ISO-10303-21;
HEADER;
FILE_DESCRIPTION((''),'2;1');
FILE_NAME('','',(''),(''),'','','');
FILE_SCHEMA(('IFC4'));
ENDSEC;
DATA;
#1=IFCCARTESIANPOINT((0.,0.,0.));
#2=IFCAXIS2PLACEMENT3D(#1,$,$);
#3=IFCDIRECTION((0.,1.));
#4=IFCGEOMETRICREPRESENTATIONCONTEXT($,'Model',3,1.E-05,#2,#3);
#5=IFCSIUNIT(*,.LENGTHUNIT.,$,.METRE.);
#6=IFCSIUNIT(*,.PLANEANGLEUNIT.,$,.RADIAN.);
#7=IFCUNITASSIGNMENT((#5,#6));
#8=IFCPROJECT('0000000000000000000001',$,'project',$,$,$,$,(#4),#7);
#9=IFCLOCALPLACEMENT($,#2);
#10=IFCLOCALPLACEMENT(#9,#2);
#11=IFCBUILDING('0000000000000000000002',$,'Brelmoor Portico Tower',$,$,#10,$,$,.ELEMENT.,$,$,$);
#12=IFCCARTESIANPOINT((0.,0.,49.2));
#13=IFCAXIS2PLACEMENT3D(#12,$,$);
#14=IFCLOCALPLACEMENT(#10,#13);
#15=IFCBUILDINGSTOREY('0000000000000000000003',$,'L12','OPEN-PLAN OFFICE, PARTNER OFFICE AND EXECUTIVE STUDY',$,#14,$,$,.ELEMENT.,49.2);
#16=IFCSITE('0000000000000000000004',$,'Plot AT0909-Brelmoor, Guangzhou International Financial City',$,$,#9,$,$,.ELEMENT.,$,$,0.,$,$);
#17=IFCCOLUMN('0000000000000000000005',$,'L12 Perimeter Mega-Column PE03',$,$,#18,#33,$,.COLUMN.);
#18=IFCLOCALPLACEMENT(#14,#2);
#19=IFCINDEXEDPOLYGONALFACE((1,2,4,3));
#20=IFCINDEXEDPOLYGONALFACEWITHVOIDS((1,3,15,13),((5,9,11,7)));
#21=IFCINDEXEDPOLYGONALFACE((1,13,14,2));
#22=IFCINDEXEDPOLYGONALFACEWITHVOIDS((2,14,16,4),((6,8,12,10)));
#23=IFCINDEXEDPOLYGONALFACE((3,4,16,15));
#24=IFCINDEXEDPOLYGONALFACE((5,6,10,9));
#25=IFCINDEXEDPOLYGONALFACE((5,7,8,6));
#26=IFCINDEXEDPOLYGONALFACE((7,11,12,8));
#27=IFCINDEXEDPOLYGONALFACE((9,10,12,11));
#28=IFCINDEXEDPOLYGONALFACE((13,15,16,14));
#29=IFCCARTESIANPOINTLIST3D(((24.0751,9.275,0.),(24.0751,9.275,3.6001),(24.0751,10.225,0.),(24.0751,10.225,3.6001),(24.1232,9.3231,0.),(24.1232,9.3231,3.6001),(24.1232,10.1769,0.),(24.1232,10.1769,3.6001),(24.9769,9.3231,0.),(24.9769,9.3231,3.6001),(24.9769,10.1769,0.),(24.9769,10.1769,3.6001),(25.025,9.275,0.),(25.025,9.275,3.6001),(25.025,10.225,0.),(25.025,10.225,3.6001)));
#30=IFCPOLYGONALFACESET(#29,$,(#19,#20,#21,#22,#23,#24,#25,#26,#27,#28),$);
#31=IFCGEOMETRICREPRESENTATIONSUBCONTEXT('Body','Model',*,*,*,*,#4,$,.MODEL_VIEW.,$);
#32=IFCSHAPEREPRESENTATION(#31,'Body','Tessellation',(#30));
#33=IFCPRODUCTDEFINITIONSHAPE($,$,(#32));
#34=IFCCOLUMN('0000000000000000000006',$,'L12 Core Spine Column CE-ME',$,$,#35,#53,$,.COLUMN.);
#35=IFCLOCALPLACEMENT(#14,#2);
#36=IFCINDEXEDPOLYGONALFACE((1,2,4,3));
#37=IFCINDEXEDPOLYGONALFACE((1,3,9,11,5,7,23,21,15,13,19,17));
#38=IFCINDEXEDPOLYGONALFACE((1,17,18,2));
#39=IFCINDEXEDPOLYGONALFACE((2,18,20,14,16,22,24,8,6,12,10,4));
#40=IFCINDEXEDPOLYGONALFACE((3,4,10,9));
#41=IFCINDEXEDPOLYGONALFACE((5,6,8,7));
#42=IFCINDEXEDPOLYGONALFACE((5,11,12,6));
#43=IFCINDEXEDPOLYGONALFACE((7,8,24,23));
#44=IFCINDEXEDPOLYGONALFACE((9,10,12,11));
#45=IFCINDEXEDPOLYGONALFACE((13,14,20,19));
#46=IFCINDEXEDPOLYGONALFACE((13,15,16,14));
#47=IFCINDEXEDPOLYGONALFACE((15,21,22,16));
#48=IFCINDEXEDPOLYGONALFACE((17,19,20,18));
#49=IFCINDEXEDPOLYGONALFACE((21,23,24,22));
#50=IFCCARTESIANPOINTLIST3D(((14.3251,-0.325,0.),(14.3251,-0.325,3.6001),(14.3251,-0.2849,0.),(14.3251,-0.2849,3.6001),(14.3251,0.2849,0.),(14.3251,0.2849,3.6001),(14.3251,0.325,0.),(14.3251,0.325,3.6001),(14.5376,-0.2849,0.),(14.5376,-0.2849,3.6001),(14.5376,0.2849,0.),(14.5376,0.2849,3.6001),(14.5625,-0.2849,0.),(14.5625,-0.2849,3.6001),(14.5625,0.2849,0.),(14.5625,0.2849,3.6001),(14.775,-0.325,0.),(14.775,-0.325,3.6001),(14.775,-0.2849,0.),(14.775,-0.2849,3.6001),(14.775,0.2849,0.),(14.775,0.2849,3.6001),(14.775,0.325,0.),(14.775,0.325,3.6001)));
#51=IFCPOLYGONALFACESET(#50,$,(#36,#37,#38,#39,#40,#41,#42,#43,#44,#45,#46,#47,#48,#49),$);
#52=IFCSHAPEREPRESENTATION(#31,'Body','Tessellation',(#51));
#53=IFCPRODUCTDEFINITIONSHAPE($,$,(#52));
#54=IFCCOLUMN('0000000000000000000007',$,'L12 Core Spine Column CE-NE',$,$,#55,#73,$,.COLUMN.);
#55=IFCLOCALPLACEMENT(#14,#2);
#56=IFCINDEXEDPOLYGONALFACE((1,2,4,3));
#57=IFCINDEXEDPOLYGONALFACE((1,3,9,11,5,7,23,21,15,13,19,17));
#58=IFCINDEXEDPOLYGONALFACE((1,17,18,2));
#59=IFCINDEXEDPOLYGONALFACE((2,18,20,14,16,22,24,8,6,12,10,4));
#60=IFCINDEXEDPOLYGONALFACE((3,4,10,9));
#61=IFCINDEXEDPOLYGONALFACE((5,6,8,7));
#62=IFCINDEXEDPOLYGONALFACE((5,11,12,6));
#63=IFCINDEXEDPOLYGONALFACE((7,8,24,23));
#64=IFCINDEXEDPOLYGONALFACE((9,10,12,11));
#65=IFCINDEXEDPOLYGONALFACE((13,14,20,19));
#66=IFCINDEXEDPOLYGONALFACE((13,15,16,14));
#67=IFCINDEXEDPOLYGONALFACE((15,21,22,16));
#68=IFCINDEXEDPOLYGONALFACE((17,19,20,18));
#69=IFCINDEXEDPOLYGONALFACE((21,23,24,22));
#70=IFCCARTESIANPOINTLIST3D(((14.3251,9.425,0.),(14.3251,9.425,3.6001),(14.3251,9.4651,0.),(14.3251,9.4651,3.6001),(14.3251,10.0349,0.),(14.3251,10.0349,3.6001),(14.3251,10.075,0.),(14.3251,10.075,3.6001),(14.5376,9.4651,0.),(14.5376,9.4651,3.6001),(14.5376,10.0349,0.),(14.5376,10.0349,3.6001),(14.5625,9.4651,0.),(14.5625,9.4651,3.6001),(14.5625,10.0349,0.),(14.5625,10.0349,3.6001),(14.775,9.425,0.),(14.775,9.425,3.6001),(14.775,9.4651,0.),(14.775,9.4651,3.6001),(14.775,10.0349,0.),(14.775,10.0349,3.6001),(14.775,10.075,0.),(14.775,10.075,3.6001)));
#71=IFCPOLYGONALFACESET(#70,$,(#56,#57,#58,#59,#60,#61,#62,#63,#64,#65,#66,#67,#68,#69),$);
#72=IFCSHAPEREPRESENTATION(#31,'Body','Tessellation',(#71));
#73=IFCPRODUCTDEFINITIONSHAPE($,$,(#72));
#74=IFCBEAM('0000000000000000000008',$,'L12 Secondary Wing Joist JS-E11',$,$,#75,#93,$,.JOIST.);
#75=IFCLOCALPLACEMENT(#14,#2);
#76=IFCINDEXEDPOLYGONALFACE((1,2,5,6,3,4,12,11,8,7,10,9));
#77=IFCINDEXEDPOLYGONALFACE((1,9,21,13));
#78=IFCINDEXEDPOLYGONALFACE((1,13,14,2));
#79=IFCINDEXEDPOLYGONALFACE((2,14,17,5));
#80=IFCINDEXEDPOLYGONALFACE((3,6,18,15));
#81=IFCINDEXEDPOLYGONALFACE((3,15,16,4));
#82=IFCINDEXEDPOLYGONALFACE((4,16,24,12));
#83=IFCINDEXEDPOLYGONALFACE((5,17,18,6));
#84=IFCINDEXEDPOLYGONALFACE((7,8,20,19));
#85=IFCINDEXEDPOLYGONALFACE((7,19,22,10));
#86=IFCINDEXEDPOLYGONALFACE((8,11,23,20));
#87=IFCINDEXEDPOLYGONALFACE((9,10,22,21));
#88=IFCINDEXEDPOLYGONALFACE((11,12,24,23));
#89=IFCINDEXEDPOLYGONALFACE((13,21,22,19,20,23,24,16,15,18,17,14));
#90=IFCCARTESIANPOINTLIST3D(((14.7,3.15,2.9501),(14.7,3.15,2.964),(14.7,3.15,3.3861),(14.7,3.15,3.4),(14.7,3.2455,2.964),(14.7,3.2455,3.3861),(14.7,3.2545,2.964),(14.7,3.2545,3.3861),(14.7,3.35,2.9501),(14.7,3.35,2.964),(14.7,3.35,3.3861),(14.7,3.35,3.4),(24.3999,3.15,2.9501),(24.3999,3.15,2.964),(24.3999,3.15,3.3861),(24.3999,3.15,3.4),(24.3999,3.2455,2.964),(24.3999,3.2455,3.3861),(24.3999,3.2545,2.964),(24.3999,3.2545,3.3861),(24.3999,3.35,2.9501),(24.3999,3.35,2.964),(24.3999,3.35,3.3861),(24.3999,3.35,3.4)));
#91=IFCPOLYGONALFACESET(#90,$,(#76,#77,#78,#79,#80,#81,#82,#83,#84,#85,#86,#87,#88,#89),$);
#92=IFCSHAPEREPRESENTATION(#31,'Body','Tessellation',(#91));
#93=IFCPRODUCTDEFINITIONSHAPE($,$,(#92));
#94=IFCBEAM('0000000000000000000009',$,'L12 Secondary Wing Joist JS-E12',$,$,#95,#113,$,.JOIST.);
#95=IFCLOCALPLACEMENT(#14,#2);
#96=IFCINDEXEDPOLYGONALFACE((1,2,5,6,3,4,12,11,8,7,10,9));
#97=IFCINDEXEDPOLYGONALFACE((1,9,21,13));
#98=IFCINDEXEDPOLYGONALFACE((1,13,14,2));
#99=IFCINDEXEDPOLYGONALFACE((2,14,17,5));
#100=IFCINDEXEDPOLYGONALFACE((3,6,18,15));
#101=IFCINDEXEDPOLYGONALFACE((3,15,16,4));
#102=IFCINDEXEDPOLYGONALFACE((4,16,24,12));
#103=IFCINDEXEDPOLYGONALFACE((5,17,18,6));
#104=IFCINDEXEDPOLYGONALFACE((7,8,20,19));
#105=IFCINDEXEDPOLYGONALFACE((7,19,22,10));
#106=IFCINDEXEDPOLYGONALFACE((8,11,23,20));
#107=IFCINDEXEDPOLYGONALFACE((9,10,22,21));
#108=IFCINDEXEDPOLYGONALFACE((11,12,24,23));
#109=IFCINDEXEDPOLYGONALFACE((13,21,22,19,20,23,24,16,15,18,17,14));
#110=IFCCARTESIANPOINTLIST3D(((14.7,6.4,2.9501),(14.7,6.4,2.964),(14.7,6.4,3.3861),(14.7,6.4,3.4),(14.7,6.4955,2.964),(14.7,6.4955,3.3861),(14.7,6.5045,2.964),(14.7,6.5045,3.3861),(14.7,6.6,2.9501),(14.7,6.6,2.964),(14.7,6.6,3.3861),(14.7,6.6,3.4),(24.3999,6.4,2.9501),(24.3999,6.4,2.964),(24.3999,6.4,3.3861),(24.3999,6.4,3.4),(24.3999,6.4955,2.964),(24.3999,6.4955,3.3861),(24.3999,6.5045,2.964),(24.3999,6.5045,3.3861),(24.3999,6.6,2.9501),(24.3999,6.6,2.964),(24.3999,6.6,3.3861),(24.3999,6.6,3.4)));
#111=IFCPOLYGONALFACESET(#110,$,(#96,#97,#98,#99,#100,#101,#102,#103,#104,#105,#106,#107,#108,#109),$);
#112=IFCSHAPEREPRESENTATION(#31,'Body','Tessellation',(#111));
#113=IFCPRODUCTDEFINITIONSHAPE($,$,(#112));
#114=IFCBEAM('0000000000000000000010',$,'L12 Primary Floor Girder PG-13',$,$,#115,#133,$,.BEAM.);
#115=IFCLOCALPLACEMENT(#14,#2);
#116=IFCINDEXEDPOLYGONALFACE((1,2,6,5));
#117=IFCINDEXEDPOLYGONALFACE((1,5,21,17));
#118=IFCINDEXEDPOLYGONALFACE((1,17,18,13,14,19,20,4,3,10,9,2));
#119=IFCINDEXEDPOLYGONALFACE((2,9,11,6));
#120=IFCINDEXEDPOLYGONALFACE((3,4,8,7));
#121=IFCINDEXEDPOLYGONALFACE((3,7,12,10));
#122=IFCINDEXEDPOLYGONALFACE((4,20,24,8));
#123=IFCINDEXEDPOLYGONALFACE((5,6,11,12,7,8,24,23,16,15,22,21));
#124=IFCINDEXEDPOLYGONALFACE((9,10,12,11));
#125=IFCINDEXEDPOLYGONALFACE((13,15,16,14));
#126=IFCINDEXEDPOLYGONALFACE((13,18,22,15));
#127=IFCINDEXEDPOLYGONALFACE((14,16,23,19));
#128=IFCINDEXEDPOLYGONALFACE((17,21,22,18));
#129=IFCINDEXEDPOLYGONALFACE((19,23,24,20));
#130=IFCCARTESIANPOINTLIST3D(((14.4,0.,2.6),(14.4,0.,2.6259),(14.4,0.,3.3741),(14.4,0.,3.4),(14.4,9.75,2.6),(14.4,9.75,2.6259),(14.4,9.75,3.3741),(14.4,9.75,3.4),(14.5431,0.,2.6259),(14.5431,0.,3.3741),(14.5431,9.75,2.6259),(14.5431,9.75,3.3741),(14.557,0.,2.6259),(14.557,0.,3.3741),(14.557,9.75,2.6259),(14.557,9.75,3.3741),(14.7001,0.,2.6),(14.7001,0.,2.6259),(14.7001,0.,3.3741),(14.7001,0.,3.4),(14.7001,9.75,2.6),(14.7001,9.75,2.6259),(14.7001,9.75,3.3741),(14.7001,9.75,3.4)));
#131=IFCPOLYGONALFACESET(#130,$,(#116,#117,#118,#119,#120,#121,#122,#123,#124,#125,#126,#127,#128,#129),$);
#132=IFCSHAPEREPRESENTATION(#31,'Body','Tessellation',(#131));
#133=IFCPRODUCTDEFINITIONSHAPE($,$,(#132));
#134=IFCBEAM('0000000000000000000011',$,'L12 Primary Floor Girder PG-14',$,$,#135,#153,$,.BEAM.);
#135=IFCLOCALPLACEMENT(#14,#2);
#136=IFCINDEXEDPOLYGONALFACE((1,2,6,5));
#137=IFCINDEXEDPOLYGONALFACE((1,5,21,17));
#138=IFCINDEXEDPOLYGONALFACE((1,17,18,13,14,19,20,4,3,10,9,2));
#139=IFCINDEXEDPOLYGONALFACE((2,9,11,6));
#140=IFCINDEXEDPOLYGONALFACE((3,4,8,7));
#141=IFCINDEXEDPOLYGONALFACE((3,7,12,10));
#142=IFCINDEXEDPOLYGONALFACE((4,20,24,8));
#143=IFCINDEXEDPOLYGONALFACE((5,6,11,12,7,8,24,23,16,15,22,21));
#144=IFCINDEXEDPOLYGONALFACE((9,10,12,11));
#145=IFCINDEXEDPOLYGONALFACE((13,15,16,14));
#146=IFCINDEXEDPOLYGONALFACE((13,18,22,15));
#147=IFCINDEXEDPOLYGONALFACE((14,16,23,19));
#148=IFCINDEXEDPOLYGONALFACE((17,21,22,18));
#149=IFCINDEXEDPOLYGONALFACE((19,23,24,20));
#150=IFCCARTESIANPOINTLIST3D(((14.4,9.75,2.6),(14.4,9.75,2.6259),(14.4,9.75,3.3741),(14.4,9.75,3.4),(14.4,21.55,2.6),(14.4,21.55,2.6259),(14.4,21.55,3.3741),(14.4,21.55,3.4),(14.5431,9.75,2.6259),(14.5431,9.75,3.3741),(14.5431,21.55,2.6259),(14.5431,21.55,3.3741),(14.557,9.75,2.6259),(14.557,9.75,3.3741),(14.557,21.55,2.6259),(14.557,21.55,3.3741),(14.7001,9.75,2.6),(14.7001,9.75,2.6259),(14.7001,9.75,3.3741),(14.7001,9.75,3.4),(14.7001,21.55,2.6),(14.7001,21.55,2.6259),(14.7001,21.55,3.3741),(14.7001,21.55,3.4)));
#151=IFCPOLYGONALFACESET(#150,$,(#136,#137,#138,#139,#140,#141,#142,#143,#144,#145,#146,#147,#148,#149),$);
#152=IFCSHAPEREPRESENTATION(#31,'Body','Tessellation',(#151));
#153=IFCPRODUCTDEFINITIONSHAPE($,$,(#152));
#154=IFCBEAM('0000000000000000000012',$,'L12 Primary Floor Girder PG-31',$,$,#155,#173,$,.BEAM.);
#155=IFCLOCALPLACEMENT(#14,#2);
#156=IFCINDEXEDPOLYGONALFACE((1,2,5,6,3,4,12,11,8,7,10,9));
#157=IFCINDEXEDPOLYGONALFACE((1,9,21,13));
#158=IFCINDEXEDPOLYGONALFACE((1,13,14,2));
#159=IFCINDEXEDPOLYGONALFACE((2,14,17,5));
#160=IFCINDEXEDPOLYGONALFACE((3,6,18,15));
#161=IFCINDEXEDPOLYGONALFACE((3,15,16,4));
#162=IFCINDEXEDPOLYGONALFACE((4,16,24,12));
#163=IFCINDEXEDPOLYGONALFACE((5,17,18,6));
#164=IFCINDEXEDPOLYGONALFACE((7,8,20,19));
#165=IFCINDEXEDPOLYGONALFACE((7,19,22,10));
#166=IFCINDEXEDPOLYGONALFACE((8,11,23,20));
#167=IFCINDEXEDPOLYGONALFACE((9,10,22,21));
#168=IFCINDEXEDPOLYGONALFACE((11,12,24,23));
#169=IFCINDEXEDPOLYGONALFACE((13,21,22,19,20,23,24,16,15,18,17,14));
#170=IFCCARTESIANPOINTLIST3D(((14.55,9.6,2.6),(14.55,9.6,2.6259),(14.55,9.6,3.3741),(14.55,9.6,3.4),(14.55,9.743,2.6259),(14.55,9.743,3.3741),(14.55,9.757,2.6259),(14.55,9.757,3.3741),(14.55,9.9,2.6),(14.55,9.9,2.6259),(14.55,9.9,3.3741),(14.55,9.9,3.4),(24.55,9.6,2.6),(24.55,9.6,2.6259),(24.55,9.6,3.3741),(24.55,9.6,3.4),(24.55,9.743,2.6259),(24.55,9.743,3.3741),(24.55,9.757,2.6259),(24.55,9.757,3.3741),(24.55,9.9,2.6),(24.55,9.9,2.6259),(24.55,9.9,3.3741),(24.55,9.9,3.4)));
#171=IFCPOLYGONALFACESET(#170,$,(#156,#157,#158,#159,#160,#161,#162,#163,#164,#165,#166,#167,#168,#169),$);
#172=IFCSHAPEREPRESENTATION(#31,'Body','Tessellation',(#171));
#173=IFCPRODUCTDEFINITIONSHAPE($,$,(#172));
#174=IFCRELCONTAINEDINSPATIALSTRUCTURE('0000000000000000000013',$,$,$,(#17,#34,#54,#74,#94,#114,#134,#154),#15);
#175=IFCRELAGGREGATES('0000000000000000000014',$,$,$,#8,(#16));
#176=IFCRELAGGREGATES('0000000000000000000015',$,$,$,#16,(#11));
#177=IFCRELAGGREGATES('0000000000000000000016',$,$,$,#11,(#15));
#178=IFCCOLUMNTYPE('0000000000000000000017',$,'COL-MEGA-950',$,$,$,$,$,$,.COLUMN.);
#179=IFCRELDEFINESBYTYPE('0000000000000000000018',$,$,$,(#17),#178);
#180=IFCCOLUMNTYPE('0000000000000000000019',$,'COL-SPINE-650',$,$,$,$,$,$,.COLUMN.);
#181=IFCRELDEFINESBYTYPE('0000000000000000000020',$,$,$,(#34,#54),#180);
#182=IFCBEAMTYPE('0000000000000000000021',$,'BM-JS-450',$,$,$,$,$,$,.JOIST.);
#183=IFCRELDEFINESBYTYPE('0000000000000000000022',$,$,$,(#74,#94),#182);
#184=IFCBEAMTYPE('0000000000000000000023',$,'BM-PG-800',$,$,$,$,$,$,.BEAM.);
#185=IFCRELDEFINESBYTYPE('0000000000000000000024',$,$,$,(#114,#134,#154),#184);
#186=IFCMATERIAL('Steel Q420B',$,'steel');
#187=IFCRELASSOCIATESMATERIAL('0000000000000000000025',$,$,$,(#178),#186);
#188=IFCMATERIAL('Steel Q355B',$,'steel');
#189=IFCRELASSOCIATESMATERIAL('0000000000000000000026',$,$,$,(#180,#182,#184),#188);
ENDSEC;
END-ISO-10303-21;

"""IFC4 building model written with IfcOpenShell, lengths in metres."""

from ifc_helpers import new_model, si_unit, direction, frame, origin, origin_2d, place, context, subcontext, project, spatial, hollow_rectangle, i_section, extrude, material, material_profile, profile_set, type_object, element, save


model = new_model("IFC4")

# Units and contexts
model_context = context("Model", 3, precision=1e-05, world=origin(), true_north=direction((0.0, 1.0)))
body_context = subcontext(model_context, "Body", "Model", "MODEL_VIEW")
ifc_project = project(units=[si_unit("LENGTHUNIT", "METRE"), si_unit("PLANEANGLEUNIT", "RADIAN")], contexts=[model_context])

# Site, building, storey
site_placement = place(None, origin())
site = spatial("IfcSite", under=ifc_project, at=site_placement, Name="Plot AT0909-Brelmoor, Guangzhou International Financial City", CompositionType="ELEMENT", RefElevation=0.0)
building_placement = place(site_placement, origin())
building = spatial("IfcBuilding", under=site, at=building_placement, Name="Brelmoor Portico Tower", CompositionType="ELEMENT")
storey_placement = place(building_placement, frame((0.0, 0.0, 49.2)))
storey = spatial("IfcBuildingStorey", under=building, at=storey_placement, Name="L12", Description="OPEN-PLAN OFFICE, PARTNER OFFICE AND EXECUTIVE STUDY", CompositionType="ELEMENT", Elevation=49.2)

# Columns
ifc_material_1 = material(Name="Steel Q420B", Category="steel")
ifc_material_profile_1 = material_profile(ifc_material_1, hollow_rectangle(XDim=0.95, YDim=0.95, WallThickness=0.0481, at=origin_2d()), Name="BOX 950x950x48")
ifc_profile_set_1 = profile_set([ifc_material_profile_1], Name="Steel Q420B")
column_type_1 = type_object("IfcColumnType", Name="COL-MEGA-950", PredefinedType="COLUMN", material=ifc_profile_set_1)
column_placement = place(storey_placement, frame((24.55, 9.75, 0.0), z_axis=(0.0, 0.0, 1.0), x_axis=(0.0, 1.0, 0.0)))
element("IfcColumn", 1, at=column_placement, inside=storey, type_object=column_type_1, Name="L12 Perimeter Mega-Column PE03", PredefinedType="COLUMN", context=body_context, shape_type="SweptSolid", body=[
    extrude(hollow_rectangle(XDim=0.95, YDim=0.95, WallThickness=0.0481, at=origin_2d()), origin(), (0.0, 0.0, 1.0), 3.6001),
])
ifc_material_2 = material(Name="Steel Q355B", Category="steel")
ifc_material_profile_2 = material_profile(ifc_material_2, i_section(OverallWidth=0.45, OverallDepth=0.6499, WebThickness=0.0249, FlangeThickness=0.04, at=origin_2d()), Name="HW 650x450x25x40")
ifc_profile_set_2 = profile_set([ifc_material_profile_2], Name="Steel Q355B")
column_type_2 = type_object("IfcColumnType", Name="COL-SPINE-650", PredefinedType="COLUMN", material=ifc_profile_set_2)
for number, where, z_axis, x_axis, name in (
    (2, (14.55, 0.0, 0.0), (0.0, 0.0, 1.0), (1.0, 0.0, 0.0), "L12 Core Spine Column CE-ME"),
    (3, (14.55, 9.75, 0.0), (0.0, 0.0, 1.0), (1.0, 0.0, 0.0), "L12 Core Spine Column CE-NE"),
):
    element("IfcColumn", number, at=place(storey_placement, frame(where, z_axis=z_axis, x_axis=x_axis)), inside=storey, type_object=column_type_2, Name=name, PredefinedType="COLUMN", context=body_context, shape_type="SweptSolid", body=[
        extrude(i_section(OverallWidth=0.45, OverallDepth=0.6499, WebThickness=0.0249, FlangeThickness=0.04, at=origin_2d()), origin(), (0.0, 0.0, 1.0), 3.6001),
    ])

# Beams
ifc_material_profile_3 = material_profile(ifc_material_2, i_section(OverallWidth=0.2, OverallDepth=0.45, WebThickness=0.009, FlangeThickness=0.0139, at=origin_2d()), Name="HN 450x200x9x14")
ifc_profile_set_3 = profile_set([ifc_material_profile_3], Name="Steel Q355B")
beam_type_1 = type_object("IfcBeamType", Name="BM-JS-450", PredefinedType="JOIST", material=ifc_profile_set_3)
for number, where, z_axis, x_axis, name in (
    (4, (14.7, 3.25, 3.175), (1.0, 0.0, 0.0), (0.0, 1.0, 0.0), "L12 Secondary Wing Joist JS-E11"),
    (5, (14.7, 6.5, 3.175), (1.0, 0.0, 0.0), (0.0, 1.0, 0.0), "L12 Secondary Wing Joist JS-E12"),
):
    element("IfcBeam", number, at=place(storey_placement, frame(where, z_axis=z_axis, x_axis=x_axis)), inside=storey, type_object=beam_type_1, Name=name, PredefinedType="JOIST", context=body_context, shape_type="SweptSolid", body=[
        extrude(i_section(OverallWidth=0.2, OverallDepth=0.45, WebThickness=0.009, FlangeThickness=0.0139, at=origin_2d()), origin(), (0.0, 0.0, 1.0), 9.7),
    ])
ifc_material_profile_4 = material_profile(ifc_material_2, i_section(OverallWidth=0.3, OverallDepth=0.8, WebThickness=0.0139, FlangeThickness=0.0259, at=origin_2d()), Name="HN 800x300x14x26")
ifc_profile_set_4 = profile_set([ifc_material_profile_4], Name="Steel Q355B")
beam_type_2 = type_object("IfcBeamType", Name="BM-PG-800", PredefinedType="BEAM", material=ifc_profile_set_4)
beam_1_placement = place(storey_placement, frame((14.55, 0.0, 3.0), z_axis=(0.0, 1.0, 0.0), x_axis=(-1.0, 0.0, 0.0)))
element("IfcBeam", 6, at=beam_1_placement, inside=storey, type_object=beam_type_2, Name="L12 Primary Floor Girder PG-13", PredefinedType="BEAM", context=body_context, shape_type="SweptSolid", body=[
    extrude(i_section(OverallWidth=0.3, OverallDepth=0.8, WebThickness=0.0139, FlangeThickness=0.0259, at=origin_2d()), origin(), (0.0, 0.0, 1.0), 9.75),
])
beam_2_placement = place(storey_placement, frame((14.55, 9.75, 3.0), z_axis=(0.0, 1.0, 0.0), x_axis=(-1.0, 0.0, 0.0)))
element("IfcBeam", 7, at=beam_2_placement, inside=storey, type_object=beam_type_2, Name="L12 Primary Floor Girder PG-14", PredefinedType="BEAM", context=body_context, shape_type="SweptSolid", body=[
    extrude(i_section(OverallWidth=0.3, OverallDepth=0.8, WebThickness=0.0139, FlangeThickness=0.0259, at=origin_2d()), origin(), (0.0, 0.0, 1.0), 11.8),
])
beam_3_placement = place(storey_placement, frame((14.55, 9.75, 3.0), z_axis=(1.0, 0.0, 0.0), x_axis=(0.0, 1.0, 0.0)))
element("IfcBeam", 8, at=beam_3_placement, inside=storey, type_object=beam_type_2, Name="L12 Primary Floor Girder PG-31", PredefinedType="BEAM", context=body_context, shape_type="SweptSolid", body=[
    extrude(i_section(OverallWidth=0.3, OverallDepth=0.8, WebThickness=0.0139, FlangeThickness=0.0259, at=origin_2d()), origin(), (0.0, 0.0, 1.0), 10.0),
])

save(model, "model.ifc")
